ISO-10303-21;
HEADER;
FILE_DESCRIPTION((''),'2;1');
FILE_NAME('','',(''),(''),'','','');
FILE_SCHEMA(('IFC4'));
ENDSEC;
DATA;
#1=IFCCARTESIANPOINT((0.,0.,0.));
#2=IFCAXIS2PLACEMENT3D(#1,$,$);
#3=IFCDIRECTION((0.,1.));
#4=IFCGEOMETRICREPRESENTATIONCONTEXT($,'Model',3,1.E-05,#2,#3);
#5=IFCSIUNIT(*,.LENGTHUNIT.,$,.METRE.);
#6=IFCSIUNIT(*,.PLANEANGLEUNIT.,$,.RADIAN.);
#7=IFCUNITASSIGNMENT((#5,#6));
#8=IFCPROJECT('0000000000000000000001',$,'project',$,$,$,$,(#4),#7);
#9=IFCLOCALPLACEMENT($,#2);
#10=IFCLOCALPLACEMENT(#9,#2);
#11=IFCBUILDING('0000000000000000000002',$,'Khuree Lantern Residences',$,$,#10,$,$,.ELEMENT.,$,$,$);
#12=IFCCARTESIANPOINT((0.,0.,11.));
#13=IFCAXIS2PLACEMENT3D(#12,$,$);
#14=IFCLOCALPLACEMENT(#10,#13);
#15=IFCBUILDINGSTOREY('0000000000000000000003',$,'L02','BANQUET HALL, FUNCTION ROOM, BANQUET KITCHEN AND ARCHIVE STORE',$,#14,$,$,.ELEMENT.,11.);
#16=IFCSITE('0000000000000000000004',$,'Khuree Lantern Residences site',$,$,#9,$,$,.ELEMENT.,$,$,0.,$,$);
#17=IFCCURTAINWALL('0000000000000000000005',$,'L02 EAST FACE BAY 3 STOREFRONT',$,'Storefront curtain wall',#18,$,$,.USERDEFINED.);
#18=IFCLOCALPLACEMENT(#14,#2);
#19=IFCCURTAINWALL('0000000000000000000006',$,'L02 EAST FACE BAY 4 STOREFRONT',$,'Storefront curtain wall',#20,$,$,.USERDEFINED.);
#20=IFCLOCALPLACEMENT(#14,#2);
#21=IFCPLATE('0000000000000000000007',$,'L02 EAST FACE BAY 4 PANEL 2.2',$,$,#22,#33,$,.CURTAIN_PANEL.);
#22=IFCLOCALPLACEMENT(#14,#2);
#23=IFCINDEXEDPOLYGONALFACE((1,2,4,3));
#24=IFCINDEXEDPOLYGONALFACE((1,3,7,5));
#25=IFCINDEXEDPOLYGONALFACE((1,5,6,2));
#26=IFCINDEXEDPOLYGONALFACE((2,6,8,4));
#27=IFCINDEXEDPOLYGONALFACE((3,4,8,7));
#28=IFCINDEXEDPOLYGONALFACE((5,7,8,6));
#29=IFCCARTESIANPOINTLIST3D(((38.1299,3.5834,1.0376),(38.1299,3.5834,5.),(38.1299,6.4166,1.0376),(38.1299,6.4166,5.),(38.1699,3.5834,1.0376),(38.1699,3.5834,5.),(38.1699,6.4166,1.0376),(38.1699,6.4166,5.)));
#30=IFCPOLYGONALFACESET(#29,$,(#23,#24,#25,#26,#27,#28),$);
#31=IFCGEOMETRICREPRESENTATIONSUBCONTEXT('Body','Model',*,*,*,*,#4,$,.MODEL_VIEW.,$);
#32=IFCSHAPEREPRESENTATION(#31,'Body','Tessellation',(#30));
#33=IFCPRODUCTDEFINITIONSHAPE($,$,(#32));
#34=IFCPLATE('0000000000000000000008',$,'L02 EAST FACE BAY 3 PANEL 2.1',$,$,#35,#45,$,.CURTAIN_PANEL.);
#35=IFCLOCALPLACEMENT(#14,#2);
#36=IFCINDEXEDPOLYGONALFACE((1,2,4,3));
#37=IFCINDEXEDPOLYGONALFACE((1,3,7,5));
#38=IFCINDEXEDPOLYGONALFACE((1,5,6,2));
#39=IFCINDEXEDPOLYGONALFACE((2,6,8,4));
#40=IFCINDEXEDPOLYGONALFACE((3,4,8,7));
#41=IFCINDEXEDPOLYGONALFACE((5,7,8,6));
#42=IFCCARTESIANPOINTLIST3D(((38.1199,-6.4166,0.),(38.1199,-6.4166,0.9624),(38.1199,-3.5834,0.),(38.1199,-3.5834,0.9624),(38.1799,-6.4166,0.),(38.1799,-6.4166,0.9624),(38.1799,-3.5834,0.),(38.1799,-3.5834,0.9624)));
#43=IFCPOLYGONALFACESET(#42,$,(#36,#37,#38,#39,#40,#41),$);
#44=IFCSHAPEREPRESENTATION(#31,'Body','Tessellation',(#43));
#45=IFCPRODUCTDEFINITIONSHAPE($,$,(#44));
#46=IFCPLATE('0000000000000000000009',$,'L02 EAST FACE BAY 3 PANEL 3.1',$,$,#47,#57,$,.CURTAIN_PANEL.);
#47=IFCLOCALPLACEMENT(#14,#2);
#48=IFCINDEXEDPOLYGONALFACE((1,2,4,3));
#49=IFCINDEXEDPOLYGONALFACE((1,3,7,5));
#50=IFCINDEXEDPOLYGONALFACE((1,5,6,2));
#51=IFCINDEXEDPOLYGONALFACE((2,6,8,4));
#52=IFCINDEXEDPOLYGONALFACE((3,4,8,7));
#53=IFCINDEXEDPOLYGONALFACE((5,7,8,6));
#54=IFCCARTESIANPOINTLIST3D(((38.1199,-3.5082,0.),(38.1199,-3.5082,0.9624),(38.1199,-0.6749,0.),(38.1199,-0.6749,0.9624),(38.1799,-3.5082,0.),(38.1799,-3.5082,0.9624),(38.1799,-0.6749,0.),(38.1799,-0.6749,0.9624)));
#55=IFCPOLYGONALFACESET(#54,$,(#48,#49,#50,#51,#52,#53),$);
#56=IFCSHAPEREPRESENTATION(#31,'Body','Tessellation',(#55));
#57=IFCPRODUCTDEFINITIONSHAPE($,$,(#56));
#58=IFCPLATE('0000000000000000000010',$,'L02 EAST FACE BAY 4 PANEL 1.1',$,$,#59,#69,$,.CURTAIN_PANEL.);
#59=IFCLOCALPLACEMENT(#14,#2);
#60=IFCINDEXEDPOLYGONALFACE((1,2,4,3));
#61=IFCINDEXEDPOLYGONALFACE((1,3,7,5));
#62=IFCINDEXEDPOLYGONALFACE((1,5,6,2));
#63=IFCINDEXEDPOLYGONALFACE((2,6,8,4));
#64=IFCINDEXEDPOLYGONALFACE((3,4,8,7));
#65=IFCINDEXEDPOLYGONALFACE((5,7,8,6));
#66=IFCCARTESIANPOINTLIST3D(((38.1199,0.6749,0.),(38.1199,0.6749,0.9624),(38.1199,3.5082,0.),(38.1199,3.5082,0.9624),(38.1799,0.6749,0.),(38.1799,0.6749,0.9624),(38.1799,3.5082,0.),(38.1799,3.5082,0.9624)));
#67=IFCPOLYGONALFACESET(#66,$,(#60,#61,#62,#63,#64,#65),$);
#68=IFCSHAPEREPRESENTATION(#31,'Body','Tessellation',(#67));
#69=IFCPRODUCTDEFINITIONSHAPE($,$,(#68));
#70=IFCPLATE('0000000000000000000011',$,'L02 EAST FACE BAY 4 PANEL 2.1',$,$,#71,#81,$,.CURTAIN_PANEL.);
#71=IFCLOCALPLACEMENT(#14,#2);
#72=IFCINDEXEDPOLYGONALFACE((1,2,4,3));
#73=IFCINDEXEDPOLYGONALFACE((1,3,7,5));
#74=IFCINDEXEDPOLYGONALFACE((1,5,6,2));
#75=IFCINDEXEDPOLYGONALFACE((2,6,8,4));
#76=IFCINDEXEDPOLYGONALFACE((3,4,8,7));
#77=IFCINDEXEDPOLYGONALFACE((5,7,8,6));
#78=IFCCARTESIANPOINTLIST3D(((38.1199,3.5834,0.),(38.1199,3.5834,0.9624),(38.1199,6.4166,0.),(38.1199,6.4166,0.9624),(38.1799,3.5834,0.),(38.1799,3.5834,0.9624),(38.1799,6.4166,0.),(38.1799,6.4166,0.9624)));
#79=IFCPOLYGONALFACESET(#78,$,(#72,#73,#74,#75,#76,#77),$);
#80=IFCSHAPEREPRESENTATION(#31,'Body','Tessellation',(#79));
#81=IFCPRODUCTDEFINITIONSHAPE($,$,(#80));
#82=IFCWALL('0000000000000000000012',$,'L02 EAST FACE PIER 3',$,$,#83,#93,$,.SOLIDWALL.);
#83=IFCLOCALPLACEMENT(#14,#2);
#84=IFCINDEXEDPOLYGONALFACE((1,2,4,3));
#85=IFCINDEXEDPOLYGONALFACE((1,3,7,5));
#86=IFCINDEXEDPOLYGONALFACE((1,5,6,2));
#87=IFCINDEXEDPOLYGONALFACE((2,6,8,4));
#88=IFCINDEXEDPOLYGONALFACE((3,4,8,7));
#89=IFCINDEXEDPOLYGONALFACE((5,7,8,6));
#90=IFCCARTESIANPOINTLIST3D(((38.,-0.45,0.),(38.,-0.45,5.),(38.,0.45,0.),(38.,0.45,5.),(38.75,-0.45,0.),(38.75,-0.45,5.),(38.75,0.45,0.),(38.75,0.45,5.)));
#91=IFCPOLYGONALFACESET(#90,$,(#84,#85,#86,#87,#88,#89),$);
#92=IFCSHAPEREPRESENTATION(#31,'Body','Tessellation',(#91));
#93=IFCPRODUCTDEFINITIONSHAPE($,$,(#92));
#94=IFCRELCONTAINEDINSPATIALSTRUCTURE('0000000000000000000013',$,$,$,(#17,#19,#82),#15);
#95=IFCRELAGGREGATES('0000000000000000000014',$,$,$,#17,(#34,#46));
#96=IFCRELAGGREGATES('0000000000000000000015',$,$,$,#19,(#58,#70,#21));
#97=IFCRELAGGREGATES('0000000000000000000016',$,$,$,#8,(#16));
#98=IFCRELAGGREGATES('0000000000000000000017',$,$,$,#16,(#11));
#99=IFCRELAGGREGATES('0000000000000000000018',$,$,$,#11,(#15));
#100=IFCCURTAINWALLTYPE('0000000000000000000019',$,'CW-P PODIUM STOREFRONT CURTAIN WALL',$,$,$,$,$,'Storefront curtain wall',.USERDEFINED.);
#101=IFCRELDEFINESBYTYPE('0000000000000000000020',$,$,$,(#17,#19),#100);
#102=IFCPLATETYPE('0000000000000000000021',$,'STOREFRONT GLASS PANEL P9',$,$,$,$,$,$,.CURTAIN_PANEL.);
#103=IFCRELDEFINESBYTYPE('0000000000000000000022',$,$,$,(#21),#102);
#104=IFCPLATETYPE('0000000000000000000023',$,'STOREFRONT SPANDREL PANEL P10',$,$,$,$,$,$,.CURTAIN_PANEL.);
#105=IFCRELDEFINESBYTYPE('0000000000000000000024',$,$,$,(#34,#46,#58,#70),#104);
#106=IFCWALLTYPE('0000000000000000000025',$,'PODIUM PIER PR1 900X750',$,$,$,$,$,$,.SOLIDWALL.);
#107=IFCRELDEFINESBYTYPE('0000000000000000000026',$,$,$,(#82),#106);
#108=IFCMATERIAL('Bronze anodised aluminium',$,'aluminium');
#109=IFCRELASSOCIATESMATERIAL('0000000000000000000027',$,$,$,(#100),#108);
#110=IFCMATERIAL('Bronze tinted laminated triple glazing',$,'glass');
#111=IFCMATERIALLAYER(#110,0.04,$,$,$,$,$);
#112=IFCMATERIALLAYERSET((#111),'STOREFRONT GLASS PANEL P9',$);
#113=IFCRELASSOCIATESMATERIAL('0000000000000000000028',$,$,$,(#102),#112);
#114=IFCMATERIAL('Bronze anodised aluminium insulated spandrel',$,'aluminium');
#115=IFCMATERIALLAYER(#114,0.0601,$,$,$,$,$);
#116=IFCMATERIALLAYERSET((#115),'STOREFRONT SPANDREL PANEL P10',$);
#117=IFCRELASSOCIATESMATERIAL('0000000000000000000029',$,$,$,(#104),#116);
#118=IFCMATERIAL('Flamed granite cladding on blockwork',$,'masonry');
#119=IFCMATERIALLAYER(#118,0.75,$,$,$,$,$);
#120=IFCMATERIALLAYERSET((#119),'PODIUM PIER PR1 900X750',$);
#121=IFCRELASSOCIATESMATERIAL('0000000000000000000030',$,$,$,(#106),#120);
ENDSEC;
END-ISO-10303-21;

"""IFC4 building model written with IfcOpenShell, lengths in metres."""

from ifc_helpers import new_model, si_unit, direction, frame, frame_2d, origin, origin_2d, place, context, subcontext, project, spatial, rectangle, extrude, material, layer, layer_set, type_object, element, aggregate, save


model = new_model("IFC4")

# Units and contexts
model_context = context("Model", 3, precision=1e-05, world=origin(), true_north=direction((0.0, 1.0)))
body_context = subcontext(model_context, "Body", "Model", "MODEL_VIEW")
ifc_project = project(units=[si_unit("LENGTHUNIT", "METRE"), si_unit("PLANEANGLEUNIT", "RADIAN")], contexts=[model_context])

# Site, building, storey
site_placement = place(None, origin())
site = spatial("IfcSite", under=ifc_project, at=site_placement, Name="Khuree Lantern Residences site", CompositionType="ELEMENT", RefElevation=0.0)
building_placement = place(site_placement, origin())
building = spatial("IfcBuilding", under=site, at=building_placement, Name="Khuree Lantern Residences", CompositionType="ELEMENT")
storey_placement = place(building_placement, frame((0.0, 0.0, 11.0)))
storey = spatial("IfcBuildingStorey", under=building, at=storey_placement, Name="L02", Description="BANQUET HALL, FUNCTION ROOM, BANQUET KITCHEN AND ARCHIVE STORE", CompositionType="ELEMENT", Elevation=11.0)

# Curtain walls
ifc_material_1 = material(Name="Bronze anodised aluminium", Category="aluminium")
curtain_wall_type = type_object("IfcCurtainWallType", Name="CW-P PODIUM STOREFRONT CURTAIN WALL", ElementType="Storefront curtain wall", PredefinedType="USERDEFINED", material=ifc_material_1)
curtain_wall_1_placement = place(storey_placement, origin())
curtain_wall_1 = element("IfcCurtainWall", 1, at=curtain_wall_1_placement, inside=storey, type_object=curtain_wall_type, Name="L02 EAST FACE BAY 3 STOREFRONT", ObjectType="Storefront curtain wall", PredefinedType="USERDEFINED")
curtain_wall_2_placement = place(storey_placement, origin())
curtain_wall_2 = element("IfcCurtainWall", 2, at=curtain_wall_2_placement, inside=storey, type_object=curtain_wall_type, Name="L02 EAST FACE BAY 4 STOREFRONT", ObjectType="Storefront curtain wall", PredefinedType="USERDEFINED")

# Plates
ifc_material_2 = material(Name="Bronze tinted laminated triple glazing", Category="glass")
ifc_layer_1 = layer(ifc_material_2, 0.04)
ifc_layer_set_1 = layer_set([ifc_layer_1], Name="STOREFRONT GLASS PANEL P9")
plate_type_1 = type_object("IfcPlateType", Name="STOREFRONT GLASS PANEL P9", PredefinedType="CURTAIN_PANEL", material=ifc_layer_set_1)
plate_1_placement = place(storey_placement, frame((38.1499, 5.0, 1.0376), z_axis=(0.0, 0.0, 1.0), x_axis=(0.0, 1.0, 0.0)))
plate_1 = element("IfcPlate", 3, at=plate_1_placement, type_object=plate_type_1, Name="L02 EAST FACE BAY 4 PANEL 2.2", PredefinedType="CURTAIN_PANEL", context=body_context, shape_type="SweptSolid", body=[
    extrude(rectangle(XDim=2.8333, YDim=0.04, at=origin_2d()), origin(), (0.0, 0.0, 1.0), 3.9624),
])
ifc_material_3 = material(Name="Bronze anodised aluminium insulated spandrel", Category="aluminium")
ifc_layer_2 = layer(ifc_material_3, 0.0601)
ifc_layer_set_2 = layer_set([ifc_layer_2], Name="STOREFRONT SPANDREL PANEL P10")
plate_type_2 = type_object("IfcPlateType", Name="STOREFRONT SPANDREL PANEL P10", PredefinedType="CURTAIN_PANEL", material=ifc_layer_set_2)
plate_2_placement = place(storey_placement, frame((38.1499, -5.0, 0.0), z_axis=(0.0, 0.0, 1.0), x_axis=(0.0, 1.0, 0.0)))
plate_2 = element("IfcPlate", 4, at=plate_2_placement, type_object=plate_type_2, Name="L02 EAST FACE BAY 3 PANEL 2.1", PredefinedType="CURTAIN_PANEL", context=body_context, shape_type="SweptSolid", body=[
    extrude(rectangle(XDim=2.8333, YDim=0.0601, at=origin_2d()), origin(), (0.0, 0.0, 1.0), 0.9624),
])
plate_3_placement = place(storey_placement, frame((38.1499, -2.0916, 0.0), z_axis=(0.0, 0.0, 1.0), x_axis=(0.0, 1.0, 0.0)))
plate_3 = element("IfcPlate", 5, at=plate_3_placement, type_object=plate_type_2, Name="L02 EAST FACE BAY 3 PANEL 3.1", PredefinedType="CURTAIN_PANEL", context=body_context, shape_type="SweptSolid", body=[
    extrude(rectangle(XDim=2.8333, YDim=0.0601, at=origin_2d()), origin(), (0.0, 0.0, 1.0), 0.9624),
])
aggregate(curtain_wall_1, [plate_2, plate_3])
plate_4_placement = place(storey_placement, frame((38.1499, 2.0916, 0.0), z_axis=(0.0, 0.0, 1.0), x_axis=(0.0, 1.0, 0.0)))
plate_4 = element("IfcPlate", 6, at=plate_4_placement, type_object=plate_type_2, Name="L02 EAST FACE BAY 4 PANEL 1.1", PredefinedType="CURTAIN_PANEL", context=body_context, shape_type="SweptSolid", body=[
    extrude(rectangle(XDim=2.8333, YDim=0.0601, at=origin_2d()), origin(), (0.0, 0.0, 1.0), 0.9624),
])
plate_5_placement = place(storey_placement, frame((38.1499, 5.0, 0.0), z_axis=(0.0, 0.0, 1.0), x_axis=(0.0, 1.0, 0.0)))
plate_5 = element("IfcPlate", 7, at=plate_5_placement, type_object=plate_type_2, Name="L02 EAST FACE BAY 4 PANEL 2.1", PredefinedType="CURTAIN_PANEL", context=body_context, shape_type="SweptSolid", body=[
    extrude(rectangle(XDim=2.8333, YDim=0.0601, at=origin_2d()), origin(), (0.0, 0.0, 1.0), 0.9624),
])
aggregate(curtain_wall_2, [plate_4, plate_5, plate_1])

# Wall
ifc_material_4 = material(Name="Flamed granite cladding on blockwork", Category="masonry")
ifc_layer_3 = layer(ifc_material_4, 0.75)
ifc_layer_set_3 = layer_set([ifc_layer_3], Name="PODIUM PIER PR1 900X750")
wall_type = type_object("IfcWallType", Name="PODIUM PIER PR1 900X750", PredefinedType="SOLIDWALL", material=ifc_layer_set_3)
wall_placement = place(storey_placement, frame((38.375, -0.45, 0.0), z_axis=(0.0, 0.0, 1.0), x_axis=(0.0, 1.0, 0.0)))
element("IfcWall", 8, at=wall_placement, inside=storey, type_object=wall_type, Name="L02 EAST FACE PIER 3", PredefinedType="SOLIDWALL", context=body_context, shape_type="SweptSolid", body=[
    extrude(rectangle(XDim=0.8999, YDim=0.75, at=frame_2d((0.45, 0.0))), origin(), (0.0, 0.0, 1.0), 5.0),
])

save(model, "model.ifc")
